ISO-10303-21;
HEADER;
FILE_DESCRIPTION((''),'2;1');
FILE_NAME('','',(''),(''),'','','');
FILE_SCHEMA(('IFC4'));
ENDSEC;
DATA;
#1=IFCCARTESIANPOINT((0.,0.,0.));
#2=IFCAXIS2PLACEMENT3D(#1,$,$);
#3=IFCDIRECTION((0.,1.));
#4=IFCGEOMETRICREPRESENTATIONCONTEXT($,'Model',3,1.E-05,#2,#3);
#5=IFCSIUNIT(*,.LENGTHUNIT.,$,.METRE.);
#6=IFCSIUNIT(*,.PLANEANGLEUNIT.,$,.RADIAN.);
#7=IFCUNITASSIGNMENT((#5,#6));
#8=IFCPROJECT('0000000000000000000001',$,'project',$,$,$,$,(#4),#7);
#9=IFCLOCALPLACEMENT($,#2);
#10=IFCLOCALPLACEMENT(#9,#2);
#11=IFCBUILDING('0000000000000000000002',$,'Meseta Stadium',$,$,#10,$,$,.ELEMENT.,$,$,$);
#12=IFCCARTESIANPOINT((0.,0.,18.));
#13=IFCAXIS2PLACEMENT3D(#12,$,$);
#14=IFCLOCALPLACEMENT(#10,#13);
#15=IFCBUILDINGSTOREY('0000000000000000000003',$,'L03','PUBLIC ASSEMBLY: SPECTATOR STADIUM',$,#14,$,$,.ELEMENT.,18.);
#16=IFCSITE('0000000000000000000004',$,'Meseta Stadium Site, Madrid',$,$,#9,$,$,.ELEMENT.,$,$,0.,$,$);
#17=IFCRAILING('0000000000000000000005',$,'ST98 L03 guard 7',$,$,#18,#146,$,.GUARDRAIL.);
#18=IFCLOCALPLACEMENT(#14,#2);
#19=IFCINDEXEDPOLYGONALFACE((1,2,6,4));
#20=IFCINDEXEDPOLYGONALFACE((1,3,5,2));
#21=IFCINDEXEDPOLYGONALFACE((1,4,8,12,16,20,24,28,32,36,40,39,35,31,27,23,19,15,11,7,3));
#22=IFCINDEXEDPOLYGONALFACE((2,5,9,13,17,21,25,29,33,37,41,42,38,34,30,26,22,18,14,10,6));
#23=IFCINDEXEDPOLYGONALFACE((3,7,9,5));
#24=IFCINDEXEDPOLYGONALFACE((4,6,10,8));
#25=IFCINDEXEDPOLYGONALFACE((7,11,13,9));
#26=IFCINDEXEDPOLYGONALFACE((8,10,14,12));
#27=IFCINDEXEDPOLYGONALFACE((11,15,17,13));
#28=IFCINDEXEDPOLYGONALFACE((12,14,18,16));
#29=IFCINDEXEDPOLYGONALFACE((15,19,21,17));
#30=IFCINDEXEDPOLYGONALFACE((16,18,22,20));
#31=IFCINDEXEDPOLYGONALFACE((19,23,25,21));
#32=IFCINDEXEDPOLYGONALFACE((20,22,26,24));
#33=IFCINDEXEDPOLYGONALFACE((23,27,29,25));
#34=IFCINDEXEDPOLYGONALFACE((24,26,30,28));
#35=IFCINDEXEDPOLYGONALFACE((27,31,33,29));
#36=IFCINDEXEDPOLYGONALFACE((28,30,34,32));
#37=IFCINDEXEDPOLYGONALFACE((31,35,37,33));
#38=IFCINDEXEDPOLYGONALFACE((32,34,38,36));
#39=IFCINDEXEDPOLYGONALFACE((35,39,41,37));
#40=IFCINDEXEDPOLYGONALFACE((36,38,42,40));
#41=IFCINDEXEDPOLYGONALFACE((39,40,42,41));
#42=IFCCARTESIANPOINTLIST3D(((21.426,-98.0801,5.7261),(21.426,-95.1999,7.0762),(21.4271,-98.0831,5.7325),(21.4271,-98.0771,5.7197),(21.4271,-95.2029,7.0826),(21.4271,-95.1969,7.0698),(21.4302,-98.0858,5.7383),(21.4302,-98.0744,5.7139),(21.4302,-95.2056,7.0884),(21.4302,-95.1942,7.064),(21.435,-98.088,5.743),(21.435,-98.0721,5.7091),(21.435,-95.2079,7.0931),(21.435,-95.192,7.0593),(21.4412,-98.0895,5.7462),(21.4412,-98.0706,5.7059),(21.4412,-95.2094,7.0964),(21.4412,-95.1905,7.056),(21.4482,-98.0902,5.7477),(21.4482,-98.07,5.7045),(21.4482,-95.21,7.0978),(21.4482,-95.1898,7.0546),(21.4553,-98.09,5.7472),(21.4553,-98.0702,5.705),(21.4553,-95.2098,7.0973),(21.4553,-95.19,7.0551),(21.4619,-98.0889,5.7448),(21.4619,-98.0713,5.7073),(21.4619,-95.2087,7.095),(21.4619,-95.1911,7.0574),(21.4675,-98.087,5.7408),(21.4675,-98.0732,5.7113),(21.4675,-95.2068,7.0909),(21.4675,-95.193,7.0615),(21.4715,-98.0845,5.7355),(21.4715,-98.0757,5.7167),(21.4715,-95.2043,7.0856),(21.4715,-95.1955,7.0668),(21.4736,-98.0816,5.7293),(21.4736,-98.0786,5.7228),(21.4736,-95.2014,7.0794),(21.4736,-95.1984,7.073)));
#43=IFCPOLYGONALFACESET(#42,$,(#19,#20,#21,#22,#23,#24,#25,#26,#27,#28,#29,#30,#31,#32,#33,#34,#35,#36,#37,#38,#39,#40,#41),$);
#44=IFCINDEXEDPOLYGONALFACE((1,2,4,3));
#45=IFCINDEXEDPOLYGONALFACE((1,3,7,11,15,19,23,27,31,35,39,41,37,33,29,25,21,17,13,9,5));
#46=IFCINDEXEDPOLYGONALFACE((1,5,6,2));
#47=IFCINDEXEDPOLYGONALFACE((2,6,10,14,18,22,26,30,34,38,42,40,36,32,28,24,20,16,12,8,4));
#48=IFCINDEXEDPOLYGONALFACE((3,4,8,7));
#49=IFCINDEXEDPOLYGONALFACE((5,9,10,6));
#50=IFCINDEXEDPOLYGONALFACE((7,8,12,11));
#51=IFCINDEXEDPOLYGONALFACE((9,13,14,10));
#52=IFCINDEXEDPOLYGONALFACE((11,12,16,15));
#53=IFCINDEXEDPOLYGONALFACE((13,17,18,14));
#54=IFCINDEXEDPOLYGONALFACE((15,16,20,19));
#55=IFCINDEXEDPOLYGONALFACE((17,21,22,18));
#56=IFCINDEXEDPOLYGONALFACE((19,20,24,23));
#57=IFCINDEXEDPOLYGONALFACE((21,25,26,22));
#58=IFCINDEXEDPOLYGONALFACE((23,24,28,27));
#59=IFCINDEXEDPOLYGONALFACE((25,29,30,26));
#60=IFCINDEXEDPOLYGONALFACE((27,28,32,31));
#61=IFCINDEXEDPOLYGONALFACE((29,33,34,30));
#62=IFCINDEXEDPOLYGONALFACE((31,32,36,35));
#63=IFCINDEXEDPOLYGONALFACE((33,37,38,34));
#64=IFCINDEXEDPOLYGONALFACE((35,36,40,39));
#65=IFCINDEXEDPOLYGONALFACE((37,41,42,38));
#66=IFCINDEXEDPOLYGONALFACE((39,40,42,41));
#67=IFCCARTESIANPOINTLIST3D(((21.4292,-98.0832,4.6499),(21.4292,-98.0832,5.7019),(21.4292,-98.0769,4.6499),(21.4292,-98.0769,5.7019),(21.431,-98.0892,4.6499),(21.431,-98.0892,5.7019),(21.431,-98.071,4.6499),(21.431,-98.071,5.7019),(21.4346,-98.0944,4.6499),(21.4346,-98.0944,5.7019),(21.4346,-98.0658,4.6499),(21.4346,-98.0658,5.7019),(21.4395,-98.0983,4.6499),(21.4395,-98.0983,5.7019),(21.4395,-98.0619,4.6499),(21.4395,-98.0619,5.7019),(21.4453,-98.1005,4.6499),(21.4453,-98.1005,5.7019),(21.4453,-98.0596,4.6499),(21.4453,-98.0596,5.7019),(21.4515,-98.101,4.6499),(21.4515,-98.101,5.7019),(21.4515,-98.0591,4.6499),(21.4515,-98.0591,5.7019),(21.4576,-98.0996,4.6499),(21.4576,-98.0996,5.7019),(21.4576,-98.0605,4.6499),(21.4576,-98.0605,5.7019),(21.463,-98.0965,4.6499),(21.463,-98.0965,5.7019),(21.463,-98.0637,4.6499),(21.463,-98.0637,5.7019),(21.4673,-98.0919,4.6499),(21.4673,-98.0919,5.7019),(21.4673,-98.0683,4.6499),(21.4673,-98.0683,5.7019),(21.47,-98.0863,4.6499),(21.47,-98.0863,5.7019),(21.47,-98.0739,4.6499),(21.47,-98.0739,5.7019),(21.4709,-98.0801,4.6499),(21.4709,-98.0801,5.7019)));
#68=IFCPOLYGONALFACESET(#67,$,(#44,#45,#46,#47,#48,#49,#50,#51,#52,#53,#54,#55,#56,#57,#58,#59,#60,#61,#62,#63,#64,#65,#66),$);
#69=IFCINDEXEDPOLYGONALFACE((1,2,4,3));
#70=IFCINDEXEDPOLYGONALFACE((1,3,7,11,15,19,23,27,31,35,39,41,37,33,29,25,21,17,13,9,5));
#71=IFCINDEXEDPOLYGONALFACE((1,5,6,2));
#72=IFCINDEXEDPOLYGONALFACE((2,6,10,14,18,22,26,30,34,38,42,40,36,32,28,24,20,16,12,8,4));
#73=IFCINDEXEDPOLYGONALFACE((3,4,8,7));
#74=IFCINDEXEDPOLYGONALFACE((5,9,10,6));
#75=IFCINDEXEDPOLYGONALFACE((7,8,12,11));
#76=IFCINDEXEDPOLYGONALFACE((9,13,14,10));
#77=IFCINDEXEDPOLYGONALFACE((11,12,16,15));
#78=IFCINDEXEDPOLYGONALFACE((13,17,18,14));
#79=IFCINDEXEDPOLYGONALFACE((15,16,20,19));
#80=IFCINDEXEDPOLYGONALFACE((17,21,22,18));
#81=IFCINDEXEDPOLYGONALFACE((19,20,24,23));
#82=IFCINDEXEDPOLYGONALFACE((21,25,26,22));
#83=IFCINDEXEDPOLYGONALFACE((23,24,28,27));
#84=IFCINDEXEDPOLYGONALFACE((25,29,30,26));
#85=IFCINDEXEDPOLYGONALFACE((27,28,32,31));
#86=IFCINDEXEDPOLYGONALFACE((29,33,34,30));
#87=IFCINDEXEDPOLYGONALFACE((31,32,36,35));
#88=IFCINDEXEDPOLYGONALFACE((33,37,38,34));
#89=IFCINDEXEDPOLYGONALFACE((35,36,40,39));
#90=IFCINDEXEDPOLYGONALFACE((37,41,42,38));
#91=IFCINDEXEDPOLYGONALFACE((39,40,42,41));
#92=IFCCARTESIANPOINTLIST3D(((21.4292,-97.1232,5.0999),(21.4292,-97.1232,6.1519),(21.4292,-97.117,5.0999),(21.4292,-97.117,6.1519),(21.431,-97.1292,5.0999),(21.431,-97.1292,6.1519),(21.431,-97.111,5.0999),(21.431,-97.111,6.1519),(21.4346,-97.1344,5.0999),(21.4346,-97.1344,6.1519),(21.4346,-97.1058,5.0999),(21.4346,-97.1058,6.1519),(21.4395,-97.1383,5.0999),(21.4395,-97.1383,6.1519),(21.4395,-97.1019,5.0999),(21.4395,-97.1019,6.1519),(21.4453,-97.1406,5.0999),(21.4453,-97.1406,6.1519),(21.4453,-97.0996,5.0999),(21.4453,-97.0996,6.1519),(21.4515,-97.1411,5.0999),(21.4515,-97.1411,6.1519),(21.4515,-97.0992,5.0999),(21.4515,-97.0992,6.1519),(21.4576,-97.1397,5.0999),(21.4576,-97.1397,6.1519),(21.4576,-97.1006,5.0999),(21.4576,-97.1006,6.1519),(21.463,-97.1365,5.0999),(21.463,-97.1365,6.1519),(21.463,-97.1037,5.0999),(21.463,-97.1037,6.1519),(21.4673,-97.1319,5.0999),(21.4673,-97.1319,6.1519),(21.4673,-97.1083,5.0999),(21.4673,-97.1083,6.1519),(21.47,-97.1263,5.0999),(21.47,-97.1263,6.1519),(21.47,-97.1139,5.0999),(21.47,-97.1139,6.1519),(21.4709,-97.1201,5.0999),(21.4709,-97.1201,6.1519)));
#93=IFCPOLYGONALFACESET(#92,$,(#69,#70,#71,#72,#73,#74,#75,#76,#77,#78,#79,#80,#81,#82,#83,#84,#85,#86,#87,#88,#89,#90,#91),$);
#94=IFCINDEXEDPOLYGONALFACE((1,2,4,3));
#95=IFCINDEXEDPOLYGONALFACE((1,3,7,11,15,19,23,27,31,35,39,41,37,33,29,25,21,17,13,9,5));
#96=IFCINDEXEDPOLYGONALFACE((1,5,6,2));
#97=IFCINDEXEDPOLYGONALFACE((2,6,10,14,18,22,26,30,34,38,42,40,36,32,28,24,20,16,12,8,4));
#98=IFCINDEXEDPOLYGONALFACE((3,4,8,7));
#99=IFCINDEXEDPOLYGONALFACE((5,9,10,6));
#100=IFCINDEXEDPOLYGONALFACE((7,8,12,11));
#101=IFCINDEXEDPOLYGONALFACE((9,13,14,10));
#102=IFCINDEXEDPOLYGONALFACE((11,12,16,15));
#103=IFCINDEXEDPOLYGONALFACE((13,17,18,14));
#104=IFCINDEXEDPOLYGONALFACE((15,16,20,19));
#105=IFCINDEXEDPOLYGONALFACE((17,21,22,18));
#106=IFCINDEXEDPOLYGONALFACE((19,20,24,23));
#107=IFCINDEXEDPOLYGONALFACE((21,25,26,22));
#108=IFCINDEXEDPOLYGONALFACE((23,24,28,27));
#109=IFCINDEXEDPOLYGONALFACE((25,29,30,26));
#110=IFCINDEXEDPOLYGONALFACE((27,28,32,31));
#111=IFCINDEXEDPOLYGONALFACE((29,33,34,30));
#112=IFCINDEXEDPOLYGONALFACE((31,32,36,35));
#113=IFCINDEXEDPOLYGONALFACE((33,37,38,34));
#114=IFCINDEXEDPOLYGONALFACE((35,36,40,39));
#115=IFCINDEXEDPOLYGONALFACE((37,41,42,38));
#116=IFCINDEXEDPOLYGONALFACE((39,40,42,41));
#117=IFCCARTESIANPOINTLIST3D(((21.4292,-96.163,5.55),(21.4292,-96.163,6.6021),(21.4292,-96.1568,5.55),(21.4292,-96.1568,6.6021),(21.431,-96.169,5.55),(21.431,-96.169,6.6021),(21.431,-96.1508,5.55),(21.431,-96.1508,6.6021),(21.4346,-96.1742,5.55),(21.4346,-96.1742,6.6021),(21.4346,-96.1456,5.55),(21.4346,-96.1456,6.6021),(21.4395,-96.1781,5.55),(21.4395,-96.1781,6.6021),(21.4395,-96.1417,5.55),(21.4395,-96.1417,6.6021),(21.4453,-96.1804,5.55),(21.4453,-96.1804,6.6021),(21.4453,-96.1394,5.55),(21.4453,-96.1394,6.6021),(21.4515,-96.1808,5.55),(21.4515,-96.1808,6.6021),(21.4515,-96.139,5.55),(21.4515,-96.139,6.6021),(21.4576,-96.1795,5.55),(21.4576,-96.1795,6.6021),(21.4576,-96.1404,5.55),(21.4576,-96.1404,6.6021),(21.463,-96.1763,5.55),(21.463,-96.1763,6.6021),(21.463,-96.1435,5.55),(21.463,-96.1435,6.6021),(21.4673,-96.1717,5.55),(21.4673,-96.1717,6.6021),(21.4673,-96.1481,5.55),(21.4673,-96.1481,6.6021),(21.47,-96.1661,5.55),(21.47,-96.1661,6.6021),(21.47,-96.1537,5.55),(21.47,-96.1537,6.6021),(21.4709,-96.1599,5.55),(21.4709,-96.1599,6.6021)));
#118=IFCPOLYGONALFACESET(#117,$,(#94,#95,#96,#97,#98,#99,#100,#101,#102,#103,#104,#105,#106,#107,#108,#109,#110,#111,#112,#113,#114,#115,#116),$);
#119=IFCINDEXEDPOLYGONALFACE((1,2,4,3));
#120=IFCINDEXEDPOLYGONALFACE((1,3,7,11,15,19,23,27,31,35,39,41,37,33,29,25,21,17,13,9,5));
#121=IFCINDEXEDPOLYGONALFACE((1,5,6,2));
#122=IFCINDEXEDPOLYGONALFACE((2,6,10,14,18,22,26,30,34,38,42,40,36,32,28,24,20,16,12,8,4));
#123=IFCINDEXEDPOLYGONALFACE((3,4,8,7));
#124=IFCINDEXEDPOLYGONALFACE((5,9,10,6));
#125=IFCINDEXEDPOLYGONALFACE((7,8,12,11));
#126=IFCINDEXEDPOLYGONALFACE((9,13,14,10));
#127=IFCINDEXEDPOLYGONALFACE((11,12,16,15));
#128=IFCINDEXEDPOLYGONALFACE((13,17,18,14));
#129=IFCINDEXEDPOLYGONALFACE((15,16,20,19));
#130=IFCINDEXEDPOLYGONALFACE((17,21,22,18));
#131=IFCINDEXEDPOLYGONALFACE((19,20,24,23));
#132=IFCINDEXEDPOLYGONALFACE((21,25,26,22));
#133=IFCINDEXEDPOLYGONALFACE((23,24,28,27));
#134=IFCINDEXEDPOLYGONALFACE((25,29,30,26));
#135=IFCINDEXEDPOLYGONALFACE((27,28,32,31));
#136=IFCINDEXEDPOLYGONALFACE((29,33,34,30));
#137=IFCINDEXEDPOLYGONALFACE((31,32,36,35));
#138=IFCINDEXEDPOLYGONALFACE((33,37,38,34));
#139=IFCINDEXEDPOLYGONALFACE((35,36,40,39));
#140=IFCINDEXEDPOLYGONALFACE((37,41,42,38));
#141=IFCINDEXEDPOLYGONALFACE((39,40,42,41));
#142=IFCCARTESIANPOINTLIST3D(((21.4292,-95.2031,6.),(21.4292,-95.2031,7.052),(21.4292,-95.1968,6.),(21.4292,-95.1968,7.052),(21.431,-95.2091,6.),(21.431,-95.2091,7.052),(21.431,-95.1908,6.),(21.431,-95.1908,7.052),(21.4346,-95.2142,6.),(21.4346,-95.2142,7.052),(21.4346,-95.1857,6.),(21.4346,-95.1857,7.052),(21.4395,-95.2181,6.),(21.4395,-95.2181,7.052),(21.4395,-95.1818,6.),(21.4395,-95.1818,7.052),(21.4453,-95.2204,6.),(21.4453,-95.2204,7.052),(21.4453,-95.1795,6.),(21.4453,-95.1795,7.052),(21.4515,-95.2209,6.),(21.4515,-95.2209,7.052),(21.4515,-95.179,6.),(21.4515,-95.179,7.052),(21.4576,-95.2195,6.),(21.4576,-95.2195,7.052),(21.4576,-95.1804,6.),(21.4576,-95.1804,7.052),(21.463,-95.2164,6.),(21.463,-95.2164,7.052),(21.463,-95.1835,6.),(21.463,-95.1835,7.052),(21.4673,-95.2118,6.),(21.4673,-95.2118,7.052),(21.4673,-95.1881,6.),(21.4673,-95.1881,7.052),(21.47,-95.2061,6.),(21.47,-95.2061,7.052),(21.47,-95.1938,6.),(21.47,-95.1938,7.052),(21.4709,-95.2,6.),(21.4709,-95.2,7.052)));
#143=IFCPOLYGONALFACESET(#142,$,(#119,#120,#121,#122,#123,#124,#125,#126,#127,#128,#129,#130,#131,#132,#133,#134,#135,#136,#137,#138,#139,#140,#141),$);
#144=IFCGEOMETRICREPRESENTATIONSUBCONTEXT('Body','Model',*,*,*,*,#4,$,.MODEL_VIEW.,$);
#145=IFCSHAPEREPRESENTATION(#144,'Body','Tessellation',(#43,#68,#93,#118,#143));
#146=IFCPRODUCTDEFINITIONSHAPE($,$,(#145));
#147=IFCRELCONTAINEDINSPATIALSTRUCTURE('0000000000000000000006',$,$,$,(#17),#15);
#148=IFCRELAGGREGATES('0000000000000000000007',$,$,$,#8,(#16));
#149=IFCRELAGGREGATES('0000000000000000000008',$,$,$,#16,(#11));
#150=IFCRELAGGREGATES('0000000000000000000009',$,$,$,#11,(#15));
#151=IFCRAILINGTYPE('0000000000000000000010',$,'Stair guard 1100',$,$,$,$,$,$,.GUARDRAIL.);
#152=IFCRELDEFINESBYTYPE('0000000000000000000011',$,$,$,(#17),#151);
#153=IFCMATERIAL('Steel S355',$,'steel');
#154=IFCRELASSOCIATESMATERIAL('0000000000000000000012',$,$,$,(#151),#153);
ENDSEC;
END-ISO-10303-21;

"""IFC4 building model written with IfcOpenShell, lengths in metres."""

from ifc_helpers import new_model, si_unit, direction, frame, origin, origin_2d, place, context, subcontext, project, spatial, circle, extrude, material, type_object, element, save


model = new_model("IFC4")

# Units and contexts
model_context = context("Model", 3, precision=1e-05, world=origin(), true_north=direction((0.0, 1.0)))
body_context = subcontext(model_context, "Body", "Model", "MODEL_VIEW")
ifc_project = project(units=[si_unit("LENGTHUNIT", "METRE"), si_unit("PLANEANGLEUNIT", "RADIAN")], contexts=[model_context])

# Site, building, storey
site_placement = place(None, origin())
site = spatial("IfcSite", under=ifc_project, at=site_placement, Name="Meseta Stadium Site, Madrid", CompositionType="ELEMENT", RefElevation=0.0)
building_placement = place(site_placement, origin())
building = spatial("IfcBuilding", under=site, at=building_placement, Name="Meseta Stadium", CompositionType="ELEMENT")
storey_placement = place(building_placement, frame((0.0, 0.0, 18.0)))
storey = spatial("IfcBuildingStorey", under=building, at=storey_placement, Name="L03", Description="PUBLIC ASSEMBLY: SPECTATOR STADIUM", CompositionType="ELEMENT", Elevation=18.0)

# Railing
ifc_material_1 = material(Name="Steel S355", Category="steel")
railing_type_1 = type_object("IfcRailingType", Name="Stair guard 1100", PredefinedType="GUARDRAIL", material=ifc_material_1)
railing_1_placement = place(storey_placement, frame((21.45, -98.0801, 4.6499)))
element("IfcRailing", 1, at=railing_1_placement, inside=storey, type_object=railing_type_1, Name="ST98 L03 guard 7", PredefinedType="GUARDRAIL", context=body_context, shape_type="SweptSolid", body=[
    extrude(circle(Radius=0.0239, at=origin_2d()), frame((0.0, 0.0, 1.0762), z_axis=(0.0, 0.905454, 0.424444), x_axis=(-1.0, 0.0, 0.0)), (0.0, 0.0, 1.0), 3.1809),
    extrude(circle(Radius=0.021, at=origin_2d()), origin(), (0.0, 0.0, 1.0), 1.052),
    extrude(circle(Radius=0.021, at=origin_2d()), frame((0.0, 0.96, 0.45)), (0.0, 0.0, 1.0), 1.052),
    extrude(circle(Radius=0.021, at=origin_2d()), frame((0.0, 1.9202, 0.9001)), (0.0, 0.0, 1.0), 1.052),
    extrude(circle(Radius=0.021, at=origin_2d()), frame((0.0, 2.8801, 1.3501)), (0.0, 0.0, 1.0), 1.052),
])

save(model, "model.ifc")
